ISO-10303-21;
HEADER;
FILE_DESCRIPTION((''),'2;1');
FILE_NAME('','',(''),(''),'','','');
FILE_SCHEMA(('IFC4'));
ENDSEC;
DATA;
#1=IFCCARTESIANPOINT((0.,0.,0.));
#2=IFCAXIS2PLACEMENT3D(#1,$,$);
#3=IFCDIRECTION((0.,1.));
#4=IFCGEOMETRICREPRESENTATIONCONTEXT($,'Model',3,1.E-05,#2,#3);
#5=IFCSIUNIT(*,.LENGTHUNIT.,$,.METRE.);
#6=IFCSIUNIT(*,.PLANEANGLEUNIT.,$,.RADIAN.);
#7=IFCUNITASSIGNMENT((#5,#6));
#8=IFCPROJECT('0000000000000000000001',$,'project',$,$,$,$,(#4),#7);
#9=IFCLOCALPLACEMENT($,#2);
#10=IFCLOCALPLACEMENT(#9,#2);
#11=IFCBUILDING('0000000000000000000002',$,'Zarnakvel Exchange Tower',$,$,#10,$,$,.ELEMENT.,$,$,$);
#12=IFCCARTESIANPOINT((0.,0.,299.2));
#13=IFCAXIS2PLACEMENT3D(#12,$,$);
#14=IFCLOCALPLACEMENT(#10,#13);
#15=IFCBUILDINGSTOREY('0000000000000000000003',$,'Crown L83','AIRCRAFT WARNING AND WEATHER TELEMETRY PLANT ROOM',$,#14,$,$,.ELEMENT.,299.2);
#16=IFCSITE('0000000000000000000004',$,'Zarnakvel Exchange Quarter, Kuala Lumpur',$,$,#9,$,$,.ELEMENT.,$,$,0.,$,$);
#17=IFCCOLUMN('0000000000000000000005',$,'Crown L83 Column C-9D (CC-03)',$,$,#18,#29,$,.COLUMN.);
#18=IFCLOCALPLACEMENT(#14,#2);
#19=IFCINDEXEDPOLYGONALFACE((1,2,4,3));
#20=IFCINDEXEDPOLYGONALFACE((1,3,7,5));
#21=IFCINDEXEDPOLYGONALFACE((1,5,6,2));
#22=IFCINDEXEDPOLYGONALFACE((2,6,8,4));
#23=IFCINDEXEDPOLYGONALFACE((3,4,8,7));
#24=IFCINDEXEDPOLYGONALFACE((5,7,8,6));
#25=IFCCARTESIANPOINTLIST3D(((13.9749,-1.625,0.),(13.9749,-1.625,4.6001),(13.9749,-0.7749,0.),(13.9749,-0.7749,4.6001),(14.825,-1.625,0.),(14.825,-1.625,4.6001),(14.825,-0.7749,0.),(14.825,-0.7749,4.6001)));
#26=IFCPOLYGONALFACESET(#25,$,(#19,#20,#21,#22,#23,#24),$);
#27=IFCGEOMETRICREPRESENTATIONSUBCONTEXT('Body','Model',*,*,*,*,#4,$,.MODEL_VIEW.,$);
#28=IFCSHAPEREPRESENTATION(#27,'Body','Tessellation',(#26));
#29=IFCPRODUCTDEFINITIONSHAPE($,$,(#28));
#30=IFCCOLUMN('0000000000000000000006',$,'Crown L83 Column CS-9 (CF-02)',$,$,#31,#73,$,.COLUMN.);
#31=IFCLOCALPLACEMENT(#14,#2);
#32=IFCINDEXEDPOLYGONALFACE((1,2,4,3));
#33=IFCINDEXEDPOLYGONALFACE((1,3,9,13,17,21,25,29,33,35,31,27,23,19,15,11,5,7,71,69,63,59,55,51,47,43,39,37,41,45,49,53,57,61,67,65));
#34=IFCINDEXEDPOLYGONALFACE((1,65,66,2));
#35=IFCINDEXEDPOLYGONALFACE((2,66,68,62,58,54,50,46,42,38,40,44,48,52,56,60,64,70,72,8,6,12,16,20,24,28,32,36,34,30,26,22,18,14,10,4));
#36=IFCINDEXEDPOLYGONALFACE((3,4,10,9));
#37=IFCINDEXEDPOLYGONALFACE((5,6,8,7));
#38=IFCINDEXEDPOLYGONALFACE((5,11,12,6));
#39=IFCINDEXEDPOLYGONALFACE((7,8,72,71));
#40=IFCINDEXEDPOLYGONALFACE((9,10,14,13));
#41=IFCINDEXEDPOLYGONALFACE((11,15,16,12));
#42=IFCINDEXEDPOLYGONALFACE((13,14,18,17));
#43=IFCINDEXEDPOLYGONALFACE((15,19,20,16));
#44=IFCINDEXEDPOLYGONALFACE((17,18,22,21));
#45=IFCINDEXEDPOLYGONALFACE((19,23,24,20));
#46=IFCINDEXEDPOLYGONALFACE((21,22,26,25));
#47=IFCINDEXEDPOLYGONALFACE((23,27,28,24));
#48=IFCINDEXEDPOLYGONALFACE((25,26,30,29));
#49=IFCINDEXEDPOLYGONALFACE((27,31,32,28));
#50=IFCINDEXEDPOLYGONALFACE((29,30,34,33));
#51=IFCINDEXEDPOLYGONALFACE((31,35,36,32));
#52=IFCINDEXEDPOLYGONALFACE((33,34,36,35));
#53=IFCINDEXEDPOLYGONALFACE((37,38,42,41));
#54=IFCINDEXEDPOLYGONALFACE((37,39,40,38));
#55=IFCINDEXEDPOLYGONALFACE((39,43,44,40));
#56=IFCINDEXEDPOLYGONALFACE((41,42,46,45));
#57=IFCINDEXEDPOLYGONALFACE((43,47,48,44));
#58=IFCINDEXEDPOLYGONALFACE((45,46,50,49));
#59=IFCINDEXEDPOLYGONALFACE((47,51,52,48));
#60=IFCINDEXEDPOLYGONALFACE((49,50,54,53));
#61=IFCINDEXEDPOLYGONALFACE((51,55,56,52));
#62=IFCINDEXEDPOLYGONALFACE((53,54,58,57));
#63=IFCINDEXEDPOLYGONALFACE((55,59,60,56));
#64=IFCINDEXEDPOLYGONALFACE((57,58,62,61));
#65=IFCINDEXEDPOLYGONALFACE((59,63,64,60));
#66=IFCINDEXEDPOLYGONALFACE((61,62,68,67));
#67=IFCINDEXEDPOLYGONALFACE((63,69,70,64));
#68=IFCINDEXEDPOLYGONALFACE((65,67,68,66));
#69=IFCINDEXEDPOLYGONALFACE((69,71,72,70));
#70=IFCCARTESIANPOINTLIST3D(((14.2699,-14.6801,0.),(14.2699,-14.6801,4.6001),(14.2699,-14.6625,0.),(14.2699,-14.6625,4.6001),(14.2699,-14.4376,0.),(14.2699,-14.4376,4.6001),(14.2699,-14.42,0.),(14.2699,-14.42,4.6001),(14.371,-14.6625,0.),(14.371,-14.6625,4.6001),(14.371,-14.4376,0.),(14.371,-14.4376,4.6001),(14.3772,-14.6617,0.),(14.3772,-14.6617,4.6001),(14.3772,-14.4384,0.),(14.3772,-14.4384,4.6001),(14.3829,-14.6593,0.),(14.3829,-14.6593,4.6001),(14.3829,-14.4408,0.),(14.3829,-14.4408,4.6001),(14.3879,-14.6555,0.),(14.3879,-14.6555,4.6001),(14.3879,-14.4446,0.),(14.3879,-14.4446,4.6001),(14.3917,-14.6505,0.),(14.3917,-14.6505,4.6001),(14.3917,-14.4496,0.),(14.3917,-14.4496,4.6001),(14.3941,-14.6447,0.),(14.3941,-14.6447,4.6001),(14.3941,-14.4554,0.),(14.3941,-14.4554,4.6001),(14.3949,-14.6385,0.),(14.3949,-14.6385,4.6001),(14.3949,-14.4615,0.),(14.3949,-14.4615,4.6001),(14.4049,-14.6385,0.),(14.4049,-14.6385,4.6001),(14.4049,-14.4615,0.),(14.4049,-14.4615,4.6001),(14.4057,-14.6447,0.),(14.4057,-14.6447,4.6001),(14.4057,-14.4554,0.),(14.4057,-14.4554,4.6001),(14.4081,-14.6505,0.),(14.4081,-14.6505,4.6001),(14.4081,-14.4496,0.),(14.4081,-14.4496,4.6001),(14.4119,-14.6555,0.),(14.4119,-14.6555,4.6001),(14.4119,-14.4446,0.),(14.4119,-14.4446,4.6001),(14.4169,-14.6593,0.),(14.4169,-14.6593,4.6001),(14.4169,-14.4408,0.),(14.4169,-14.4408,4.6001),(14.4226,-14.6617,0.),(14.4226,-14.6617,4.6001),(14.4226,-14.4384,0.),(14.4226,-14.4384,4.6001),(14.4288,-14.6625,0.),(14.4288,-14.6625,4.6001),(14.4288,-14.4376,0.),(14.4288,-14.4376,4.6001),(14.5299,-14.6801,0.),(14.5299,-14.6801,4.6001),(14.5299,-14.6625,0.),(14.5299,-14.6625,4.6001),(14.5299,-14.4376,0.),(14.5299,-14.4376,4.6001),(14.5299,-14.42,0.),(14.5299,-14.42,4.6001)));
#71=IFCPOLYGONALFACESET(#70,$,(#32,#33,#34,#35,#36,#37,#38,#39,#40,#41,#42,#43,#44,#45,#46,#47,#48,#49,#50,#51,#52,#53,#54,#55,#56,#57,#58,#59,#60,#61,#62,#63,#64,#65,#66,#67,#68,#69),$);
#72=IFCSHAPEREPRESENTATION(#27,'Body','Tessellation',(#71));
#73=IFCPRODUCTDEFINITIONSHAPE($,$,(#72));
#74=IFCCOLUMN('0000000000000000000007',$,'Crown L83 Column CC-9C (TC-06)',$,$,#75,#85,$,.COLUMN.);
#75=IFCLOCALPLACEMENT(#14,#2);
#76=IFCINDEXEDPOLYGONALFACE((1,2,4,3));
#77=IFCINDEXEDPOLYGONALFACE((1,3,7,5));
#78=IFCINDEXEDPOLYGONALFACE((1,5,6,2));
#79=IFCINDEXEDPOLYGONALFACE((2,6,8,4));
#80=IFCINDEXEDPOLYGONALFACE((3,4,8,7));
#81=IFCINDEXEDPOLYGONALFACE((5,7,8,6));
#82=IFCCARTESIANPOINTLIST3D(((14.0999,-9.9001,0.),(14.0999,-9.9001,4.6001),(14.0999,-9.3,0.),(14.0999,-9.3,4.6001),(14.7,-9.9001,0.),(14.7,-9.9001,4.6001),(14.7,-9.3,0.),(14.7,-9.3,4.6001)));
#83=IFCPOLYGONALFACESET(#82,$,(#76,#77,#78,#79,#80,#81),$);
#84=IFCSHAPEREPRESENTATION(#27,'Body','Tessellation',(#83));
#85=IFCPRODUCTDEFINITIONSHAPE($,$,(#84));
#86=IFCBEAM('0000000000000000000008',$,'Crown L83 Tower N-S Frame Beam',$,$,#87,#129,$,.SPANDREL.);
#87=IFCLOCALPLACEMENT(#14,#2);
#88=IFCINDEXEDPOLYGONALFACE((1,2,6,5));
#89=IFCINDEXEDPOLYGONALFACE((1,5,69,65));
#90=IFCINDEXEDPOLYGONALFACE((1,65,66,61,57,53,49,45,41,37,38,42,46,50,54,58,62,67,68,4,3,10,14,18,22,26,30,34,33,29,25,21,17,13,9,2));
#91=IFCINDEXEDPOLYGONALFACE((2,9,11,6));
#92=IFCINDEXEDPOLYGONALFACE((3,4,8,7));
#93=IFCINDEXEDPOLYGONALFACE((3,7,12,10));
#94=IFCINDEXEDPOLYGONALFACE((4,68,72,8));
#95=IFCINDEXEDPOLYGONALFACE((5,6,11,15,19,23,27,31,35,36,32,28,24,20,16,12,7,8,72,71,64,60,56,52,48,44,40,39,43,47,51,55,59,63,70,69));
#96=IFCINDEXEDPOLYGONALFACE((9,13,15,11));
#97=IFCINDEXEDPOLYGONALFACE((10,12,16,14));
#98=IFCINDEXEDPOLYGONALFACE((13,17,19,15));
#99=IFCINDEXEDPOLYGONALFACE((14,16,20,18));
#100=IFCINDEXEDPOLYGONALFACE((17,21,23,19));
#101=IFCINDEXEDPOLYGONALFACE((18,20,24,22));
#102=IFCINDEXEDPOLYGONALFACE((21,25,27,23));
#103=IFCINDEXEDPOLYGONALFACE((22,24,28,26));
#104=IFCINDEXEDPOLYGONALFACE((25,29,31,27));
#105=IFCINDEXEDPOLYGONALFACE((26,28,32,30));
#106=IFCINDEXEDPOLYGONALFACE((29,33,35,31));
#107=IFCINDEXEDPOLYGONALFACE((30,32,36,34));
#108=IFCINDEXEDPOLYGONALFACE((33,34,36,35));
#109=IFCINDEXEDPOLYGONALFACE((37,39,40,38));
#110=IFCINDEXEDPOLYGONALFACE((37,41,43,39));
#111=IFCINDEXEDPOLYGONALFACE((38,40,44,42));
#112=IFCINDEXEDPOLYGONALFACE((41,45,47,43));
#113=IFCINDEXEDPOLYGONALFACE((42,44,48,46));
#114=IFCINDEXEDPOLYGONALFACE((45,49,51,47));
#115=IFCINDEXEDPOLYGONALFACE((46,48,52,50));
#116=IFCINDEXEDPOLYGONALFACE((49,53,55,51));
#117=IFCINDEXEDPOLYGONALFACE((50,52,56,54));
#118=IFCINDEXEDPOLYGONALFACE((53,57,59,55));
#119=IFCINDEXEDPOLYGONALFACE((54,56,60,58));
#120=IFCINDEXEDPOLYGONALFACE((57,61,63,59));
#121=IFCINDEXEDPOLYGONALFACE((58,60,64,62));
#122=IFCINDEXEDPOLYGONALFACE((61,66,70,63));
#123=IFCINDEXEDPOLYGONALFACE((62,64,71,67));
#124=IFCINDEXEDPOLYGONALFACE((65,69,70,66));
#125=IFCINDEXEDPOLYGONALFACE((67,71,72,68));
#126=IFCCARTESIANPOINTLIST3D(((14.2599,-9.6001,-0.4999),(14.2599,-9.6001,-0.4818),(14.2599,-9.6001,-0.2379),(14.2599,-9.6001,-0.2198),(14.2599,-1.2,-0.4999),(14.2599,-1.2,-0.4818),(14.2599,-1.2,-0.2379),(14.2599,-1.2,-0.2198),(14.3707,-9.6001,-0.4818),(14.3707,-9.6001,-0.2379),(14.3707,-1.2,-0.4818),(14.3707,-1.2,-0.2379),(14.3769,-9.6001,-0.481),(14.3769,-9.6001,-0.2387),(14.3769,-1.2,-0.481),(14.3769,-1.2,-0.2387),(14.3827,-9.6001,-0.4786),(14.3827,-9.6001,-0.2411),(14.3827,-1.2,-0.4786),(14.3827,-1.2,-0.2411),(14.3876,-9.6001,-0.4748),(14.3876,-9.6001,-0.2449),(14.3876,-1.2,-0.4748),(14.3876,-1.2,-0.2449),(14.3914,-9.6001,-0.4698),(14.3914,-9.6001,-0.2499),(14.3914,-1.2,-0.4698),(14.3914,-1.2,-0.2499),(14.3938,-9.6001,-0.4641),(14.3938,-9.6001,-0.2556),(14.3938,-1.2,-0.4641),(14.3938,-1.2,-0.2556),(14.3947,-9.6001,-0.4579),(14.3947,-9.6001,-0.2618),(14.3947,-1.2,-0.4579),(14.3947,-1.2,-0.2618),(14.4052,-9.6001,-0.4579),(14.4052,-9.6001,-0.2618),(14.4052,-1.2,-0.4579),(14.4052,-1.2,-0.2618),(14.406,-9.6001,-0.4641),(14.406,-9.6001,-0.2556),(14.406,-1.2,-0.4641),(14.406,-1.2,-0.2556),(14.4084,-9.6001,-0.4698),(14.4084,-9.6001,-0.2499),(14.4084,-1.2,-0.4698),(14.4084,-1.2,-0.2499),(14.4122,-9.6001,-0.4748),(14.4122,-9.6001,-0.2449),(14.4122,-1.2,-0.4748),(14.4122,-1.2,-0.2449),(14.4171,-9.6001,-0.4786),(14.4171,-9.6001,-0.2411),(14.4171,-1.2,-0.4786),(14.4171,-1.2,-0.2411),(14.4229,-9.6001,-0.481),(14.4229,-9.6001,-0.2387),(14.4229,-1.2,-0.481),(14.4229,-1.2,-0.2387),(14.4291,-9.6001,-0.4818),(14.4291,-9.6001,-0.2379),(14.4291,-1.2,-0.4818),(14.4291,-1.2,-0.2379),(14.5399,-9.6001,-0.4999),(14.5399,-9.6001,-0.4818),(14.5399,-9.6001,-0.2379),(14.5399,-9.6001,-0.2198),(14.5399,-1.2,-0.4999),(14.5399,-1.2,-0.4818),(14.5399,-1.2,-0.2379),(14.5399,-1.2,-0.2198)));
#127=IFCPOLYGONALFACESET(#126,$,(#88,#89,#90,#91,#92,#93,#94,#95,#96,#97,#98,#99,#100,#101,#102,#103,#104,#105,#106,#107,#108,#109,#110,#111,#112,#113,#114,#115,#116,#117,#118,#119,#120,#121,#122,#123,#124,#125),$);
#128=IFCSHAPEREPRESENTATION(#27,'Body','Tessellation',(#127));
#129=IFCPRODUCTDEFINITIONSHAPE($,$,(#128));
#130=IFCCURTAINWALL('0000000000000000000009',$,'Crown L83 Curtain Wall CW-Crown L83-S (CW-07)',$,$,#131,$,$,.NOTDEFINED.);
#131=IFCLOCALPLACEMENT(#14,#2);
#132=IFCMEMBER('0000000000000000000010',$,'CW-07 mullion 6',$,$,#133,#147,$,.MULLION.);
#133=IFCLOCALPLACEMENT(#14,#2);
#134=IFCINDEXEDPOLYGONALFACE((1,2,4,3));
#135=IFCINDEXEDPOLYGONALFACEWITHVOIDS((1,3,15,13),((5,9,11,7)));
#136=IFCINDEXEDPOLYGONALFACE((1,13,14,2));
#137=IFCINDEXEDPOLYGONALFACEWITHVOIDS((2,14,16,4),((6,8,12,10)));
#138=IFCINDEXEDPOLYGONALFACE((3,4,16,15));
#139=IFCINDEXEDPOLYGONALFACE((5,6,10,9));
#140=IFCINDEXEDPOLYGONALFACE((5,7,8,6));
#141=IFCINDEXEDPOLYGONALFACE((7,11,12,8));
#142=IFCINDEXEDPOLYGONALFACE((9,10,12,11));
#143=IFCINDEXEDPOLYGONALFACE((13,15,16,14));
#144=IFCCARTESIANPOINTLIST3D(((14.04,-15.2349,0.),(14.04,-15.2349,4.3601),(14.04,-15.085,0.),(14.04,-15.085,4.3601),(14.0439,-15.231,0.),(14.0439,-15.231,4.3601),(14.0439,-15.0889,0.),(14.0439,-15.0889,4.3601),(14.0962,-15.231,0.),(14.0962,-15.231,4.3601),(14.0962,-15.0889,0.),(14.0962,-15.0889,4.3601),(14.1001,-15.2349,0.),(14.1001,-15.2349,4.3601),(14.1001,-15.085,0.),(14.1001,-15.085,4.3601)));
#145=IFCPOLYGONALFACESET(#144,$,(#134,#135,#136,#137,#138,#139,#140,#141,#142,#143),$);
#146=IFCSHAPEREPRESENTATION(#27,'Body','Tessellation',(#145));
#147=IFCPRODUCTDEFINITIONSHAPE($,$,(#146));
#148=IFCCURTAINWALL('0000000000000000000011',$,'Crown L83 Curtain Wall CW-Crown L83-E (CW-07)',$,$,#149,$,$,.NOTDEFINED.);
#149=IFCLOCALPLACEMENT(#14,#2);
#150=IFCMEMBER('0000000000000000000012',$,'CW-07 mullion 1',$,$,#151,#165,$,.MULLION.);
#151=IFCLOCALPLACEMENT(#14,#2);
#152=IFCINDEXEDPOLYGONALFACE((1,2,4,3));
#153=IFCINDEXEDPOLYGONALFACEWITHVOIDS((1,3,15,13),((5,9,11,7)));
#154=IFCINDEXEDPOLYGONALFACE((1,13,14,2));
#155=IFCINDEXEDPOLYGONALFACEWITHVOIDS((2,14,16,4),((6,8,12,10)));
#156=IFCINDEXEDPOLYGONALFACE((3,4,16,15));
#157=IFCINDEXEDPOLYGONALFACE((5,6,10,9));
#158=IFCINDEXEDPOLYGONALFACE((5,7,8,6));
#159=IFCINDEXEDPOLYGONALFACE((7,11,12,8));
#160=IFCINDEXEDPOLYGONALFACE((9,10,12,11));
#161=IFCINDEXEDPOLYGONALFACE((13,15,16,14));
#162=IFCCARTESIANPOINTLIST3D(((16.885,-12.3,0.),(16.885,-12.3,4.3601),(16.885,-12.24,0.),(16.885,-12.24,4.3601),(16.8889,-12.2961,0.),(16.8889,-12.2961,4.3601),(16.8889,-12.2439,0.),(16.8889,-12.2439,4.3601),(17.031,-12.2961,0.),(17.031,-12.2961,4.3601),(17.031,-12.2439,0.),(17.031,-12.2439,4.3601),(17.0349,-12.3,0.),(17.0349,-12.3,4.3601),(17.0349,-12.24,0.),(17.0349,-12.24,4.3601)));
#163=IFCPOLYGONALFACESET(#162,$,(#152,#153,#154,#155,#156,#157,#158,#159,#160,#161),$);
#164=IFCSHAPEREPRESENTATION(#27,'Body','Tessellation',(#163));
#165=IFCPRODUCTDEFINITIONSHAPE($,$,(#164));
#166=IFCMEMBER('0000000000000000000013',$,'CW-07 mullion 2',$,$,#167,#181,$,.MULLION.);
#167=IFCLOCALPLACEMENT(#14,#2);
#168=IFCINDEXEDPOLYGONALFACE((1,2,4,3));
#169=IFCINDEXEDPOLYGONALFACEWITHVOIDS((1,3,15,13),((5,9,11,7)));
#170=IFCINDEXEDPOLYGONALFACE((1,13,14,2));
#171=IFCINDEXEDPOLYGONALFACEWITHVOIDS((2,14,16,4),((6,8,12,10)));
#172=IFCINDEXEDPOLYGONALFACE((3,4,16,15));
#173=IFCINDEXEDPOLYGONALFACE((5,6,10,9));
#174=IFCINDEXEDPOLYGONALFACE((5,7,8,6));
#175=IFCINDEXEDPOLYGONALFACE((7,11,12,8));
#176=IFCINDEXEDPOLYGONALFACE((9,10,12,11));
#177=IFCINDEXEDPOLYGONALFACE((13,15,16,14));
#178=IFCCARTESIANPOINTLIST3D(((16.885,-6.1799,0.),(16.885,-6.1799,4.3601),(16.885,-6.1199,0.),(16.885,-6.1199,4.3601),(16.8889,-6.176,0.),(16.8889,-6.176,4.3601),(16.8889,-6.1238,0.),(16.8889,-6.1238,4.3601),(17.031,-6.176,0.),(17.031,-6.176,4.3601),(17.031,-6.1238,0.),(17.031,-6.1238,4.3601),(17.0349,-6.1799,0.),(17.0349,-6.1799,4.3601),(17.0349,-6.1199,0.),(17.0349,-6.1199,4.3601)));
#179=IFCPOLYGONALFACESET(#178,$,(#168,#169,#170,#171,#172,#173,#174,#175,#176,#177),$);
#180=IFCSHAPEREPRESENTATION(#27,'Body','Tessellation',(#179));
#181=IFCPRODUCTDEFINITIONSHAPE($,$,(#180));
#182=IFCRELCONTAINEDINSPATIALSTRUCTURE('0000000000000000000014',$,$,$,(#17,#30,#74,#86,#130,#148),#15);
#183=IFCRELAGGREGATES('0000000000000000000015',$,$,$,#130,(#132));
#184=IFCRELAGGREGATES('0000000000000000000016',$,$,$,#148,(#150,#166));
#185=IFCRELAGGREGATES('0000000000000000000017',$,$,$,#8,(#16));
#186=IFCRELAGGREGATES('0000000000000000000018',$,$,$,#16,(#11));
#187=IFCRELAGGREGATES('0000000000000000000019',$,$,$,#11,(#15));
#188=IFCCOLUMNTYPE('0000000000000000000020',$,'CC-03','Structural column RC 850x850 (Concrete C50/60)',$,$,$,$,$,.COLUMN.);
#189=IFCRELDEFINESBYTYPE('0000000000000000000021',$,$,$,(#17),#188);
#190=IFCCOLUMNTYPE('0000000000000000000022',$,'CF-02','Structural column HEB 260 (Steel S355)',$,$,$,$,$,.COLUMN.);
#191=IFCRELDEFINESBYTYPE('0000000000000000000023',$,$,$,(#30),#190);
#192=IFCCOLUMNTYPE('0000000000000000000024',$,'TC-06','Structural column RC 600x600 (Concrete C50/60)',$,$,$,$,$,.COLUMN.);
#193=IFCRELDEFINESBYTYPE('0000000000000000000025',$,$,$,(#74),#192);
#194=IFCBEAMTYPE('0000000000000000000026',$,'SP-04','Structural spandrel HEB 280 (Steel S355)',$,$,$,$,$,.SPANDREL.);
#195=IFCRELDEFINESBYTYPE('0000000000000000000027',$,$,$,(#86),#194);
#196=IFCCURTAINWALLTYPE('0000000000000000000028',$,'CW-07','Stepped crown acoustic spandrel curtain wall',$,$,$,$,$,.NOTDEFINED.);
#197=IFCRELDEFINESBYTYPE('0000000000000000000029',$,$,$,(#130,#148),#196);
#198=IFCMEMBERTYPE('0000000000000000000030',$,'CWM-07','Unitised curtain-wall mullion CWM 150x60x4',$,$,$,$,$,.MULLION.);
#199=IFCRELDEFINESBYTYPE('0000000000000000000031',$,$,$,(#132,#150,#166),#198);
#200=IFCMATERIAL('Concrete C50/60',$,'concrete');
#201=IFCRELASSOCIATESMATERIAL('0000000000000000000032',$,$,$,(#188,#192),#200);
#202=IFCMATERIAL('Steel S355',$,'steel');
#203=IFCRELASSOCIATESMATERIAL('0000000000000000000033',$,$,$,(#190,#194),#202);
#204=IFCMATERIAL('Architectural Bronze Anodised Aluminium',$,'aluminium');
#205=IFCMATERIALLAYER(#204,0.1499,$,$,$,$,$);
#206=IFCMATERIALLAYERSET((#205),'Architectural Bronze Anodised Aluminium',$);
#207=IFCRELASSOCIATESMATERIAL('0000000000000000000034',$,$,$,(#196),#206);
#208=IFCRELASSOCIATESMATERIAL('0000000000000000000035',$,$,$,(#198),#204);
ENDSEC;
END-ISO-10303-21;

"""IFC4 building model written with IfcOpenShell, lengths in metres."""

from ifc_helpers import new_model, si_unit, direction, frame, origin, origin_2d, place, context, subcontext, project, spatial, rectangle, hollow_rectangle, i_section, extrude, source, transform, mapped, material, layer, layer_set, material_profile, profile_set, type_object, element, aggregate, save


model = new_model("IFC4")

# Units and contexts
model_context = context("Model", 3, precision=1e-05, world=origin(), true_north=direction((0.0, 1.0)))
body_context = subcontext(model_context, "Body", "Model", "MODEL_VIEW")
ifc_project = project(units=[si_unit("LENGTHUNIT", "METRE"), si_unit("PLANEANGLEUNIT", "RADIAN")], contexts=[model_context])

# Site, building, storey
site_placement = place(None, origin())
site = spatial("IfcSite", under=ifc_project, at=site_placement, Name="Zarnakvel Exchange Quarter, Kuala Lumpur", CompositionType="ELEMENT", RefElevation=0.0)
building_placement = place(site_placement, origin())
building = spatial("IfcBuilding", under=site, at=building_placement, Name="Zarnakvel Exchange Tower", CompositionType="ELEMENT")
storey_placement = place(building_placement, frame((0.0, 0.0, 299.2)))
storey = spatial("IfcBuildingStorey", under=building, at=storey_placement, Name="Crown L83", Description="AIRCRAFT WARNING AND WEATHER TELEMETRY PLANT ROOM", CompositionType="ELEMENT", Elevation=299.2)

# Columns
ifc_material_1 = material(Name="Concrete C50/60", Category="concrete")
ifc_material_profile_1 = material_profile(ifc_material_1, rectangle(XDim=0.8501, YDim=0.8501, at=origin_2d()))
ifc_profile_set_1 = profile_set([ifc_material_profile_1], Name="Concrete C50/60")
column_type_1 = type_object("IfcColumnType", Name="CC-03", Description="Structural column RC 850x850 (Concrete C50/60)", PredefinedType="COLUMN", material=ifc_profile_set_1)
column_1_placement = place(storey_placement, frame((14.3999, -1.2, 0.0), z_axis=(0.0, 0.0, 1.0), x_axis=(1.0, 0.0, 0.0)))
element("IfcColumn", 1, at=column_1_placement, inside=storey, type_object=column_type_1, Name="Crown L83 Column C-9D (CC-03)", PredefinedType="COLUMN", context=body_context, shape_type="SweptSolid", body=[
    extrude(rectangle(XDim=0.8501, YDim=0.8501, at=origin_2d()), origin(), (0.0, 0.0, 1.0), 4.6001),
])
ifc_material_2 = material(Name="Steel S355", Category="steel")
ifc_material_profile_2 = material_profile(ifc_material_2, i_section(OverallWidth=0.26, OverallDepth=0.26, WebThickness=0.01, FlangeThickness=0.0176, FilletRadius=0.0239, at=origin_2d()))
ifc_profile_set_2 = profile_set([ifc_material_profile_2], Name="Steel S355")
column_type_2 = type_object("IfcColumnType", Name="CF-02", Description="Structural column HEB 260 (Steel S355)", PredefinedType="COLUMN", material=ifc_profile_set_2)
column_2_placement = place(storey_placement, frame((14.3999, -14.55, 0.0), z_axis=(0.0, 0.0, 1.0), x_axis=(1.0, 0.0, 0.0)))
element("IfcColumn", 2, at=column_2_placement, inside=storey, type_object=column_type_2, Name="Crown L83 Column CS-9 (CF-02)", PredefinedType="COLUMN", context=body_context, shape_type="SweptSolid", body=[
    extrude(i_section(OverallWidth=0.26, OverallDepth=0.26, WebThickness=0.01, FlangeThickness=0.0176, FilletRadius=0.0239, at=origin_2d()), origin(), (0.0, 0.0, 1.0), 4.6001),
])
ifc_material_profile_3 = material_profile(ifc_material_1, rectangle(XDim=0.6001, YDim=0.6001, at=origin_2d()))
ifc_profile_set_3 = profile_set([ifc_material_profile_3], Name="Concrete C50/60")
column_type_3 = type_object("IfcColumnType", Name="TC-06", Description="Structural column RC 600x600 (Concrete C50/60)", PredefinedType="COLUMN", material=ifc_profile_set_3)
column_3_placement = place(storey_placement, frame((14.3999, -9.6001, 0.0), z_axis=(0.0, 0.0, 1.0), x_axis=(1.0, 0.0, 0.0)))
element("IfcColumn", 3, at=column_3_placement, inside=storey, type_object=column_type_3, Name="Crown L83 Column CC-9C (TC-06)", PredefinedType="COLUMN", context=body_context, shape_type="SweptSolid", body=[
    extrude(rectangle(XDim=0.6001, YDim=0.6001, at=origin_2d()), origin(), (0.0, 0.0, 1.0), 4.6001),
])

# Beam
ifc_material_profile_4 = material_profile(ifc_material_2, i_section(OverallWidth=0.28, OverallDepth=0.28, WebThickness=0.0105, FlangeThickness=0.0181, FilletRadius=0.0239, at=origin_2d()))
ifc_profile_set_4 = profile_set([ifc_material_profile_4], Name="Steel S355")
beam_type = type_object("IfcBeamType", Name="SP-04", Description="Structural spandrel HEB 280 (Steel S355)", PredefinedType="SPANDREL", material=ifc_profile_set_4)
beam_placement = place(storey_placement, frame((14.3999, -9.6001, -0.3599), z_axis=(0.0, 1.0, 0.0), x_axis=(-1.0, 0.0, 0.0)))
element("IfcBeam", 4, at=beam_placement, inside=storey, type_object=beam_type, Name="Crown L83 Tower N-S Frame Beam", PredefinedType="SPANDREL", context=body_context, shape_type="SweptSolid", body=[
    extrude(i_section(OverallWidth=0.28, OverallDepth=0.28, WebThickness=0.0105, FlangeThickness=0.0181, FilletRadius=0.0239, at=origin_2d()), origin(), (0.0, 0.0, 1.0), 8.4001),
])

# Curtain wall, member
ifc_material_3 = material(Name="Architectural Bronze Anodised Aluminium", Category="aluminium")
ifc_layer_1 = layer(ifc_material_3, 0.1499)
ifc_layer_set_1 = layer_set([ifc_layer_1], Name="Architectural Bronze Anodised Aluminium")
curtain_wall_type = type_object("IfcCurtainWallType", Name="CW-07", Description="Stepped crown acoustic spandrel curtain wall", PredefinedType="NOTDEFINED", material=ifc_layer_set_1)
curtain_wall_1_placement = place(storey_placement, origin())
curtain_wall_1 = element("IfcCurtainWall", 5, at=curtain_wall_1_placement, inside=storey, type_object=curtain_wall_type, Name="Crown L83 Curtain Wall CW-Crown L83-S (CW-07)", PredefinedType="NOTDEFINED")
ifc_material_profile_5 = material_profile(ifc_material_3, hollow_rectangle(XDim=0.1499, YDim=0.0601, WallThickness=0.0039, at=origin_2d()))
ifc_profile_set_5 = profile_set([ifc_material_profile_5], Name="Architectural Bronze Anodised Aluminium")
member_type_1 = type_object("IfcMemberType", Name="CWM-07", Description="Unitised curtain-wall mullion CWM 150x60x4", PredefinedType="MULLION", material=ifc_profile_set_5)
shared_shape_1 = source(origin(), body_context, "Body", "SweptSolid", [
    extrude(hollow_rectangle(XDim=0.1499, YDim=0.0601, WallThickness=0.0039, at=origin_2d()), origin(), (0.0, 0.0, 1.0), 4.3601),
])
member_1_placement = place(storey_placement, frame((14.0701, -15.1599, 0.0), z_axis=(0.0, 0.0, 1.0), x_axis=(0.0, 1.0, 0.0)))
member_1 = element("IfcMember", 6, at=member_1_placement, type_object=member_type_1, Name="CW-07 mullion 6", PredefinedType="MULLION", context=body_context, shape_type="MappedRepresentation", body=[
    mapped(shared_shape_1, transform((0.0, 0.0, 0.0), x_axis=(1.0, 0.0, 0.0), y_axis=(0.0, 1.0, 0.0), z_axis=(0.0, 0.0, 1.0), scale=1.0)),
])
aggregate(curtain_wall_1, [member_1])

# Curtain wall, members
curtain_wall_2_placement = place(storey_placement, origin())
curtain_wall_2 = element("IfcCurtainWall", 7, at=curtain_wall_2_placement, inside=storey, type_object=curtain_wall_type, Name="Crown L83 Curtain Wall CW-Crown L83-E (CW-07)", PredefinedType="NOTDEFINED")
member_2_placement = place(storey_placement, frame((16.96, -12.27, 0.0), z_axis=(0.0, 0.0, 1.0), x_axis=(-1.0, 0.0, 0.0)))
member_2 = element("IfcMember", 8, at=member_2_placement, type_object=member_type_1, Name="CW-07 mullion 1", PredefinedType="MULLION", context=body_context, shape_type="MappedRepresentation", body=[
    mapped(shared_shape_1, transform((0.0, 0.0, 0.0), x_axis=(1.0, 0.0, 0.0), y_axis=(0.0, 1.0, 0.0), z_axis=(0.0, 0.0, 1.0), scale=1.0)),
])
member_3_placement = place(storey_placement, frame((16.96, -6.1499, 0.0), z_axis=(0.0, 0.0, 1.0), x_axis=(-1.0, 0.0, 0.0)))
member_3 = element("IfcMember", 9, at=member_3_placement, type_object=member_type_1, Name="CW-07 mullion 2", PredefinedType="MULLION", context=body_context, shape_type="MappedRepresentation", body=[
    mapped(shared_shape_1, transform((0.0, 0.0, 0.0), x_axis=(1.0, 0.0, 0.0), y_axis=(0.0, 1.0, 0.0), z_axis=(0.0, 0.0, 1.0), scale=1.0)),
])
aggregate(curtain_wall_2, [member_2, member_3])

save(model, "model.ifc")
